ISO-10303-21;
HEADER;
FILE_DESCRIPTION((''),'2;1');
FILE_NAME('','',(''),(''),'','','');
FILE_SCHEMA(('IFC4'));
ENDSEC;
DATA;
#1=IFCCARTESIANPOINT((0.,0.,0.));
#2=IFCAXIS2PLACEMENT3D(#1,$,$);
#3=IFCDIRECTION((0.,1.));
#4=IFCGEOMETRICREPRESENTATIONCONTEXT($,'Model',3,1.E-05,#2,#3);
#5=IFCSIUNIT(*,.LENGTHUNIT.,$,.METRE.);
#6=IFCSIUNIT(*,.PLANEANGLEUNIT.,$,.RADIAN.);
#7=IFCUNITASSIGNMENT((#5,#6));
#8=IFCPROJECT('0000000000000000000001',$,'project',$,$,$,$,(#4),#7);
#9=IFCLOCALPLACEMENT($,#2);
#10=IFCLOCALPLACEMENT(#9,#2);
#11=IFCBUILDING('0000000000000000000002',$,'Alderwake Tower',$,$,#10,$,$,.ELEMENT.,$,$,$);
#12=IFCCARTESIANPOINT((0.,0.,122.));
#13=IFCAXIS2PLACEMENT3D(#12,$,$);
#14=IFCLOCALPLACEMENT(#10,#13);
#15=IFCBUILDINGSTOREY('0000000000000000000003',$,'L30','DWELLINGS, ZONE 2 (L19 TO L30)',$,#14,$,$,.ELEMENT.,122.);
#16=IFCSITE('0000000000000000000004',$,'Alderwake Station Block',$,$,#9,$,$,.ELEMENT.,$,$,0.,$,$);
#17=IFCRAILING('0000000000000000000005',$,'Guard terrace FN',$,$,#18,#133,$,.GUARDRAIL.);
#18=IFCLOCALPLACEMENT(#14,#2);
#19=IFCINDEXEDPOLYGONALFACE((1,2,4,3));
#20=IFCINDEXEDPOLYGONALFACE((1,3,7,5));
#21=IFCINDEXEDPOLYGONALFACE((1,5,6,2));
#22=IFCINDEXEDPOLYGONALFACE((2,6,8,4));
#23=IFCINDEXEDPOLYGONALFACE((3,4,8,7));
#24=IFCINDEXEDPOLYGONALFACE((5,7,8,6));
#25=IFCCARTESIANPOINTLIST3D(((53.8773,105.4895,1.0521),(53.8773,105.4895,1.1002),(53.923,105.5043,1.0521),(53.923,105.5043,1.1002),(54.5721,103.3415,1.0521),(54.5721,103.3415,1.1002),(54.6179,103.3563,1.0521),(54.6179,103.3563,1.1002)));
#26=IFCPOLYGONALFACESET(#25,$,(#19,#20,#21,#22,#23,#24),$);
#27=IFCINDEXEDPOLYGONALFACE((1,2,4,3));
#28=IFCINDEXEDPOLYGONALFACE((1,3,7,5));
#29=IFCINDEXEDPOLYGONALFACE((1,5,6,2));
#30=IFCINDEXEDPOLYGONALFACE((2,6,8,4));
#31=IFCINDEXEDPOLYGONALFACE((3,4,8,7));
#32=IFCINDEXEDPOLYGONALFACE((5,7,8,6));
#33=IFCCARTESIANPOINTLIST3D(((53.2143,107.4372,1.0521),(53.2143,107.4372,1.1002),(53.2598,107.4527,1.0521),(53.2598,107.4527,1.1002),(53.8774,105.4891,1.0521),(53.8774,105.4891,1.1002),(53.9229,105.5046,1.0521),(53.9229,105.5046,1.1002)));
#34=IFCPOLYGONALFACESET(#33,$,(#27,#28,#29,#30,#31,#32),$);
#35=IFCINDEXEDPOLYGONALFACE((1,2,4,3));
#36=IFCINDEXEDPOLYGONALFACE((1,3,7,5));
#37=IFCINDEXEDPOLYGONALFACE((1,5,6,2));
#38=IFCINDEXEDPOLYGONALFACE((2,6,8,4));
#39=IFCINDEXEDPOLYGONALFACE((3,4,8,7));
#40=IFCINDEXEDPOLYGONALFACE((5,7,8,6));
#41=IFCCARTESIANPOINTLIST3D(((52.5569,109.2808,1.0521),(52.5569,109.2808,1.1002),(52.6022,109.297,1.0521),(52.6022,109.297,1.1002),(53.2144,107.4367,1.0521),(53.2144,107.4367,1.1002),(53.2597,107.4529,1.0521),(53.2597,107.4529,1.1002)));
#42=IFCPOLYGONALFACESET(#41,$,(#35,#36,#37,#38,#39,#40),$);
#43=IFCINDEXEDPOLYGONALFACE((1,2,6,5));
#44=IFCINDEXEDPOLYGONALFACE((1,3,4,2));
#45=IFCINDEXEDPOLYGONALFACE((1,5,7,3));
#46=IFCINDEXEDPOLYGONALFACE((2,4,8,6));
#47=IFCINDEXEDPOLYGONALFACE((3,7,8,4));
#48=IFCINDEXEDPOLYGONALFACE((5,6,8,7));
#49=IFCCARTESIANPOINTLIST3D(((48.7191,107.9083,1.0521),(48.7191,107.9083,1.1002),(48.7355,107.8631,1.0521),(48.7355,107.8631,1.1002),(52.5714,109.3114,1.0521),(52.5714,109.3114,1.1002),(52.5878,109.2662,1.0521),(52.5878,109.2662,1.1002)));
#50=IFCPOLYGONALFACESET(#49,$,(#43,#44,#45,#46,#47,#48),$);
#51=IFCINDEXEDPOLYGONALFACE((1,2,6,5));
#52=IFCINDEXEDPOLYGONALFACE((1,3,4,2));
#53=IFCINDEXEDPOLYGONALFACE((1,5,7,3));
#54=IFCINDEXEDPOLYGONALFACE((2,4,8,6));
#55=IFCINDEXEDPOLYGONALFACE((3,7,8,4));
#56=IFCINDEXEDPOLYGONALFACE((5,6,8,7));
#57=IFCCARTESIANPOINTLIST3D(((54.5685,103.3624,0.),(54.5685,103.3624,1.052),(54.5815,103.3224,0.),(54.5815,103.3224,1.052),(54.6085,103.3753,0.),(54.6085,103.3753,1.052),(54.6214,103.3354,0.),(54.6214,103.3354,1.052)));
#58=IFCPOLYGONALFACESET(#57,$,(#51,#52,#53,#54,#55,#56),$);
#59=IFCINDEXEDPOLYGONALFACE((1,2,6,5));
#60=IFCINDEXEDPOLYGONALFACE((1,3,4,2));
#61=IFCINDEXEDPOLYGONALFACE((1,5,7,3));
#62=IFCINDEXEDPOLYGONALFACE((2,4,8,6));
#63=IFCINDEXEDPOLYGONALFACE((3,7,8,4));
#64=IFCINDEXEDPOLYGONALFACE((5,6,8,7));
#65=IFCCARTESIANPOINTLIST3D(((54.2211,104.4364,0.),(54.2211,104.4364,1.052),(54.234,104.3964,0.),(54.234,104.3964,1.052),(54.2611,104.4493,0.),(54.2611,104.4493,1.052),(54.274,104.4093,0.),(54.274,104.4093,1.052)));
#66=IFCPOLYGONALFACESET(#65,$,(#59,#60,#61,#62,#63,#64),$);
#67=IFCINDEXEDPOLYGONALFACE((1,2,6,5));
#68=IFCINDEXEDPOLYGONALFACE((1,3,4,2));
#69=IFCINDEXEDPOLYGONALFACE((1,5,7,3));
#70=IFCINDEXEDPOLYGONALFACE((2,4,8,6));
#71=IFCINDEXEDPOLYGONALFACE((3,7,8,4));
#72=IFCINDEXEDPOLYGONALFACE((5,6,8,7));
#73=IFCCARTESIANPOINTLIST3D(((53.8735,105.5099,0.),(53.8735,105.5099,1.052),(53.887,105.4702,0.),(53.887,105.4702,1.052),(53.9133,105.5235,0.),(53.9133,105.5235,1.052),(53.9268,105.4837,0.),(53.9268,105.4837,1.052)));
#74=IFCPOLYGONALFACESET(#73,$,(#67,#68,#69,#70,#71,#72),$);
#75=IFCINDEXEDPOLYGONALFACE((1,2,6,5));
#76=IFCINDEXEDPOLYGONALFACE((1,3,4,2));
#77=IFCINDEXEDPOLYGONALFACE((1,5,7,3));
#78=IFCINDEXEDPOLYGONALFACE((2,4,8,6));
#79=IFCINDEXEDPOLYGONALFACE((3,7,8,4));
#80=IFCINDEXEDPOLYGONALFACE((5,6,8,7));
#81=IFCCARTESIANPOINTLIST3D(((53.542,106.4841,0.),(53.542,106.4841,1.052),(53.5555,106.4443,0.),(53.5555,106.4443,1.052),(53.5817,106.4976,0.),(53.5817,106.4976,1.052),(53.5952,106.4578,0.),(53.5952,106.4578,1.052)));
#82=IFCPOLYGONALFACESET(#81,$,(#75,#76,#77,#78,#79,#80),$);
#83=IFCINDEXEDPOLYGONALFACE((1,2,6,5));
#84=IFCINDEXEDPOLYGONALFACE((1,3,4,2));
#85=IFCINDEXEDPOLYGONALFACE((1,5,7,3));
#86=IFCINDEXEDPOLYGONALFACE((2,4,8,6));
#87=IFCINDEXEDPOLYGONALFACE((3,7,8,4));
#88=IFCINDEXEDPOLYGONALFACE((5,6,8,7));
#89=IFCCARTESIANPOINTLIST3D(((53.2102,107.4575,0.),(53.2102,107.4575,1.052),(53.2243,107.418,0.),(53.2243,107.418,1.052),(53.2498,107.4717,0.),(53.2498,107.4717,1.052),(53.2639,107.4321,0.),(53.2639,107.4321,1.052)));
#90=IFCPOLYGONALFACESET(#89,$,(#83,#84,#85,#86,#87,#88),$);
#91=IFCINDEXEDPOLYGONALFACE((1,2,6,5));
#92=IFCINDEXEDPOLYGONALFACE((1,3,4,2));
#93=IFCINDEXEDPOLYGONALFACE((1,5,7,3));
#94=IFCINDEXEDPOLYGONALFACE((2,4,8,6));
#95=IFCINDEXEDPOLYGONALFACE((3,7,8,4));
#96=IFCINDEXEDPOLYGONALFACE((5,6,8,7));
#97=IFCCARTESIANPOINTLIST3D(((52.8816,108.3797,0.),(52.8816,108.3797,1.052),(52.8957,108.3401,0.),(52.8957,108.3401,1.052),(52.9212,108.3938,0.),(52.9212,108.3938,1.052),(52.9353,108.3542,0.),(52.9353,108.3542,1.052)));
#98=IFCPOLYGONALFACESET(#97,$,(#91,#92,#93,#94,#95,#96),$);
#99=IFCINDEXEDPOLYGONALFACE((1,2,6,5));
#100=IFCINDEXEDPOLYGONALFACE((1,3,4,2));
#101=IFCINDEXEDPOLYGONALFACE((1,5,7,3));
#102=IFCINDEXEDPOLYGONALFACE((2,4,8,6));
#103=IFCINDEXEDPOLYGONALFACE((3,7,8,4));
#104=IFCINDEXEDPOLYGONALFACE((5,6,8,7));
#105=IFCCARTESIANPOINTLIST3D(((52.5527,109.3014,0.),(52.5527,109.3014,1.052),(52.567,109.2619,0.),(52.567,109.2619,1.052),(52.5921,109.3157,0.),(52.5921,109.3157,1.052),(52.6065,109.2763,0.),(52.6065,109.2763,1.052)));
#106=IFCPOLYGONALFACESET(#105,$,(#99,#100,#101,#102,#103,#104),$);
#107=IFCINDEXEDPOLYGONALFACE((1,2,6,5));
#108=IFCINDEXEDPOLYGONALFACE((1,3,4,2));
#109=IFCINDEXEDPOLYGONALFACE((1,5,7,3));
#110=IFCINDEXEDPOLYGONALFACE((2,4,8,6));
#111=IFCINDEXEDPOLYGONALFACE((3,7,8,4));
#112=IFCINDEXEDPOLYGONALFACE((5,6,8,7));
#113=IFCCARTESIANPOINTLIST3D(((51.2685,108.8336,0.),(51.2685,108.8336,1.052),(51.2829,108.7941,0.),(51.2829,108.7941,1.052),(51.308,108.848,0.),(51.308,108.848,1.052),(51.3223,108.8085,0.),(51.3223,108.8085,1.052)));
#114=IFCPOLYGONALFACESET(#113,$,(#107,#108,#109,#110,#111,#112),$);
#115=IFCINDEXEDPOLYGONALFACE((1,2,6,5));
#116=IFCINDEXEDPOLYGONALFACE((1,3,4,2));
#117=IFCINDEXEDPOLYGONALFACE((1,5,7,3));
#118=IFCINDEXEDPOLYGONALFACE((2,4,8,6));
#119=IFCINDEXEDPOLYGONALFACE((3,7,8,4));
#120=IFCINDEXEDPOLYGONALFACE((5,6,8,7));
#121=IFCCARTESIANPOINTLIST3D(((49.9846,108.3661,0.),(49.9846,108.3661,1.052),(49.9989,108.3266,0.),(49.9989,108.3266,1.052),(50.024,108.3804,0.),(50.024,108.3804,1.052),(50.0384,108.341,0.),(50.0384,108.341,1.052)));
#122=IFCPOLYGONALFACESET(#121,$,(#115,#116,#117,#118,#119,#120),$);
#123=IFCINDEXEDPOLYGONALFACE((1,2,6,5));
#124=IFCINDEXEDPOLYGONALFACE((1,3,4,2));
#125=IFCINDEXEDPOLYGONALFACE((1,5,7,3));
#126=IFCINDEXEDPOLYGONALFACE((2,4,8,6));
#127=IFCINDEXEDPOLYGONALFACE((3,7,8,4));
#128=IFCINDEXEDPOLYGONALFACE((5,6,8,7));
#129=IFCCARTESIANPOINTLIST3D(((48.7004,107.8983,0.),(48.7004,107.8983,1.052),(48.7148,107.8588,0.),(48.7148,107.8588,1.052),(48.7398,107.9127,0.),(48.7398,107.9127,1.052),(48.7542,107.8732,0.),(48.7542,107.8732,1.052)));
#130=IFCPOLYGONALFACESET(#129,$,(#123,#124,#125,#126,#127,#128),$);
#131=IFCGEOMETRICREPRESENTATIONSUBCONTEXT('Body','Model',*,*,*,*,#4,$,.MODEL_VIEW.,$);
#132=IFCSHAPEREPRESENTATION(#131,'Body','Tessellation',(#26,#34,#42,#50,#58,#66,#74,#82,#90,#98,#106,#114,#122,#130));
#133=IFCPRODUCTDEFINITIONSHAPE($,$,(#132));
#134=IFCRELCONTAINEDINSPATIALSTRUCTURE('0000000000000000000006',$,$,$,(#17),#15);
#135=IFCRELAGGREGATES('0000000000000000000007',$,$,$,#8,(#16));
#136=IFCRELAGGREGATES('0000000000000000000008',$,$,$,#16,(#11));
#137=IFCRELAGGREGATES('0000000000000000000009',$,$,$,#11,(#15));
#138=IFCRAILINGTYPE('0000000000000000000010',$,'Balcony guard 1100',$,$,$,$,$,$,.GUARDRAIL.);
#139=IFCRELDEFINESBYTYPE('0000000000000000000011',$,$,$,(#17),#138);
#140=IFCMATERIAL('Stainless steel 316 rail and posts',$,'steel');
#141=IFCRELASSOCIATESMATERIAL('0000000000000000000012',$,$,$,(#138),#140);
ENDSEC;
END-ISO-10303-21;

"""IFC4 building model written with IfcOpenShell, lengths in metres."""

from ifc_helpers import new_model, si_unit, direction, frame, origin, origin_2d, place, context, subcontext, project, spatial, rectangle, extrude, material, type_object, element, save


model = new_model("IFC4")

# Units and contexts
model_context = context("Model", 3, precision=1e-05, world=origin(), true_north=direction((0.0, 1.0)))
body_context = subcontext(model_context, "Body", "Model", "MODEL_VIEW")
ifc_project = project(units=[si_unit("LENGTHUNIT", "METRE"), si_unit("PLANEANGLEUNIT", "RADIAN")], contexts=[model_context])

# Site, building, storey
site_placement = place(None, origin())
site = spatial("IfcSite", under=ifc_project, at=site_placement, Name="Alderwake Station Block", CompositionType="ELEMENT", RefElevation=0.0)
building_placement = place(site_placement, origin())
building = spatial("IfcBuilding", under=site, at=building_placement, Name="Alderwake Tower", CompositionType="ELEMENT")
storey_placement = place(building_placement, frame((0.0, 0.0, 122.0)))
storey = spatial("IfcBuildingStorey", under=building, at=storey_placement, Name="L30", Description="DWELLINGS, ZONE 2 (L19 TO L30)", CompositionType="ELEMENT", Elevation=122.0)

# Railing
ifc_material_1 = material(Name="Stainless steel 316 rail and posts", Category="steel")
railing_type = type_object("IfcRailingType", Name="Balcony guard 1100", PredefinedType="GUARDRAIL", material=ifc_material_1)
railing_placement = place(storey_placement, frame((54.595, 103.3489, 0.0)))
element("IfcRailing", 1, at=railing_placement, inside=storey, type_object=railing_type, Name="Guard terrace FN", PredefinedType="GUARDRAIL", context=body_context, shape_type="SweptSolid", body=[
    extrude(rectangle(XDim=0.0481, YDim=0.0481, at=origin_2d()), frame((0.0, 0.0, 1.0762), z_axis=(-0.30778, 0.951458, 0.0), x_axis=(-0.951458, -0.30778, 0.0)), (0.0, 0.0, 1.0), 2.2576),
    extrude(rectangle(XDim=0.0481, YDim=0.0481, at=origin_2d()), frame((-0.6948, 2.1479, 1.0762), z_axis=(-0.322237, 0.946659, 0.0), x_axis=(-0.946659, -0.322237, 0.0)), (0.0, 0.0, 1.0), 2.0579),
    extrude(rectangle(XDim=0.0481, YDim=0.0481, at=origin_2d()), frame((-1.3579, 4.0959, 1.0762), z_axis=(-0.335839, 0.94192, 0.0), x_axis=(-0.94192, -0.335839, 0.0)), (0.0, 0.0, 1.0), 1.9578),
    extrude(rectangle(XDim=0.0481, YDim=0.0481, at=origin_2d()), frame((-2.0154, 5.9399, 1.0762), z_axis=(-0.939618, -0.342226, 0.0), x_axis=(0.342226, -0.939618, 0.0)), (0.0, 0.0, 1.0), 4.0999),
    extrude(rectangle(XDim=0.042, YDim=0.042, at=origin_2d()), frame((0.0, 0.0, 0.0), z_axis=(0.0, 0.0, 1.0), x_axis=(-0.30778, 0.951458, 0.0)), (0.0, 0.0, 1.0), 1.052),
    extrude(rectangle(XDim=0.042, YDim=0.042, at=origin_2d()), frame((-0.3474, 1.074, 0.0), z_axis=(0.0, 0.0, 1.0), x_axis=(-0.30778, 0.951458, 0.0)), (0.0, 0.0, 1.0), 1.052),
    extrude(rectangle(XDim=0.042, YDim=0.042, at=origin_2d()), frame((-0.6948, 2.1479, 0.0), z_axis=(0.0, 0.0, 1.0), x_axis=(-0.322237, 0.946659, 0.0)), (0.0, 0.0, 1.0), 1.052),
    extrude(rectangle(XDim=0.042, YDim=0.042, at=origin_2d()), frame((-1.0264, 3.1221, 0.0), z_axis=(0.0, 0.0, 1.0), x_axis=(-0.322237, 0.946659, 0.0)), (0.0, 0.0, 1.0), 1.052),
    extrude(rectangle(XDim=0.042, YDim=0.042, at=origin_2d()), frame((-1.3579, 4.0959, 0.0), z_axis=(0.0, 0.0, 1.0), x_axis=(-0.335839, 0.94192, 0.0)), (0.0, 0.0, 1.0), 1.052),
    extrude(rectangle(XDim=0.042, YDim=0.042, at=origin_2d()), frame((-1.6865, 5.0181, 0.0), z_axis=(0.0, 0.0, 1.0), x_axis=(-0.335839, 0.94192, 0.0)), (0.0, 0.0, 1.0), 1.052),
    extrude(rectangle(XDim=0.042, YDim=0.042, at=origin_2d()), frame((-2.0154, 5.9399, 0.0), z_axis=(0.0, 0.0, 1.0), x_axis=(-0.939618, -0.342226, 0.0)), (0.0, 0.0, 1.0), 1.052),
    extrude(rectangle(XDim=0.042, YDim=0.042, at=origin_2d()), frame((-3.2996, 5.4722, 0.0), z_axis=(0.0, 0.0, 1.0), x_axis=(-0.939618, -0.342226, 0.0)), (0.0, 0.0, 1.0), 1.052),
    extrude(rectangle(XDim=0.042, YDim=0.042, at=origin_2d()), frame((-4.5835, 5.0046, 0.0), z_axis=(0.0, 0.0, 1.0), x_axis=(-0.939618, -0.342226, 0.0)), (0.0, 0.0, 1.0), 1.052),
    extrude(rectangle(XDim=0.042, YDim=0.042, at=origin_2d()), frame((-5.8677, 4.5369, 0.0), z_axis=(0.0, 0.0, 1.0), x_axis=(-0.939618, -0.342226, 0.0)), (0.0, 0.0, 1.0), 1.052),
])

save(model, "model.ifc")
